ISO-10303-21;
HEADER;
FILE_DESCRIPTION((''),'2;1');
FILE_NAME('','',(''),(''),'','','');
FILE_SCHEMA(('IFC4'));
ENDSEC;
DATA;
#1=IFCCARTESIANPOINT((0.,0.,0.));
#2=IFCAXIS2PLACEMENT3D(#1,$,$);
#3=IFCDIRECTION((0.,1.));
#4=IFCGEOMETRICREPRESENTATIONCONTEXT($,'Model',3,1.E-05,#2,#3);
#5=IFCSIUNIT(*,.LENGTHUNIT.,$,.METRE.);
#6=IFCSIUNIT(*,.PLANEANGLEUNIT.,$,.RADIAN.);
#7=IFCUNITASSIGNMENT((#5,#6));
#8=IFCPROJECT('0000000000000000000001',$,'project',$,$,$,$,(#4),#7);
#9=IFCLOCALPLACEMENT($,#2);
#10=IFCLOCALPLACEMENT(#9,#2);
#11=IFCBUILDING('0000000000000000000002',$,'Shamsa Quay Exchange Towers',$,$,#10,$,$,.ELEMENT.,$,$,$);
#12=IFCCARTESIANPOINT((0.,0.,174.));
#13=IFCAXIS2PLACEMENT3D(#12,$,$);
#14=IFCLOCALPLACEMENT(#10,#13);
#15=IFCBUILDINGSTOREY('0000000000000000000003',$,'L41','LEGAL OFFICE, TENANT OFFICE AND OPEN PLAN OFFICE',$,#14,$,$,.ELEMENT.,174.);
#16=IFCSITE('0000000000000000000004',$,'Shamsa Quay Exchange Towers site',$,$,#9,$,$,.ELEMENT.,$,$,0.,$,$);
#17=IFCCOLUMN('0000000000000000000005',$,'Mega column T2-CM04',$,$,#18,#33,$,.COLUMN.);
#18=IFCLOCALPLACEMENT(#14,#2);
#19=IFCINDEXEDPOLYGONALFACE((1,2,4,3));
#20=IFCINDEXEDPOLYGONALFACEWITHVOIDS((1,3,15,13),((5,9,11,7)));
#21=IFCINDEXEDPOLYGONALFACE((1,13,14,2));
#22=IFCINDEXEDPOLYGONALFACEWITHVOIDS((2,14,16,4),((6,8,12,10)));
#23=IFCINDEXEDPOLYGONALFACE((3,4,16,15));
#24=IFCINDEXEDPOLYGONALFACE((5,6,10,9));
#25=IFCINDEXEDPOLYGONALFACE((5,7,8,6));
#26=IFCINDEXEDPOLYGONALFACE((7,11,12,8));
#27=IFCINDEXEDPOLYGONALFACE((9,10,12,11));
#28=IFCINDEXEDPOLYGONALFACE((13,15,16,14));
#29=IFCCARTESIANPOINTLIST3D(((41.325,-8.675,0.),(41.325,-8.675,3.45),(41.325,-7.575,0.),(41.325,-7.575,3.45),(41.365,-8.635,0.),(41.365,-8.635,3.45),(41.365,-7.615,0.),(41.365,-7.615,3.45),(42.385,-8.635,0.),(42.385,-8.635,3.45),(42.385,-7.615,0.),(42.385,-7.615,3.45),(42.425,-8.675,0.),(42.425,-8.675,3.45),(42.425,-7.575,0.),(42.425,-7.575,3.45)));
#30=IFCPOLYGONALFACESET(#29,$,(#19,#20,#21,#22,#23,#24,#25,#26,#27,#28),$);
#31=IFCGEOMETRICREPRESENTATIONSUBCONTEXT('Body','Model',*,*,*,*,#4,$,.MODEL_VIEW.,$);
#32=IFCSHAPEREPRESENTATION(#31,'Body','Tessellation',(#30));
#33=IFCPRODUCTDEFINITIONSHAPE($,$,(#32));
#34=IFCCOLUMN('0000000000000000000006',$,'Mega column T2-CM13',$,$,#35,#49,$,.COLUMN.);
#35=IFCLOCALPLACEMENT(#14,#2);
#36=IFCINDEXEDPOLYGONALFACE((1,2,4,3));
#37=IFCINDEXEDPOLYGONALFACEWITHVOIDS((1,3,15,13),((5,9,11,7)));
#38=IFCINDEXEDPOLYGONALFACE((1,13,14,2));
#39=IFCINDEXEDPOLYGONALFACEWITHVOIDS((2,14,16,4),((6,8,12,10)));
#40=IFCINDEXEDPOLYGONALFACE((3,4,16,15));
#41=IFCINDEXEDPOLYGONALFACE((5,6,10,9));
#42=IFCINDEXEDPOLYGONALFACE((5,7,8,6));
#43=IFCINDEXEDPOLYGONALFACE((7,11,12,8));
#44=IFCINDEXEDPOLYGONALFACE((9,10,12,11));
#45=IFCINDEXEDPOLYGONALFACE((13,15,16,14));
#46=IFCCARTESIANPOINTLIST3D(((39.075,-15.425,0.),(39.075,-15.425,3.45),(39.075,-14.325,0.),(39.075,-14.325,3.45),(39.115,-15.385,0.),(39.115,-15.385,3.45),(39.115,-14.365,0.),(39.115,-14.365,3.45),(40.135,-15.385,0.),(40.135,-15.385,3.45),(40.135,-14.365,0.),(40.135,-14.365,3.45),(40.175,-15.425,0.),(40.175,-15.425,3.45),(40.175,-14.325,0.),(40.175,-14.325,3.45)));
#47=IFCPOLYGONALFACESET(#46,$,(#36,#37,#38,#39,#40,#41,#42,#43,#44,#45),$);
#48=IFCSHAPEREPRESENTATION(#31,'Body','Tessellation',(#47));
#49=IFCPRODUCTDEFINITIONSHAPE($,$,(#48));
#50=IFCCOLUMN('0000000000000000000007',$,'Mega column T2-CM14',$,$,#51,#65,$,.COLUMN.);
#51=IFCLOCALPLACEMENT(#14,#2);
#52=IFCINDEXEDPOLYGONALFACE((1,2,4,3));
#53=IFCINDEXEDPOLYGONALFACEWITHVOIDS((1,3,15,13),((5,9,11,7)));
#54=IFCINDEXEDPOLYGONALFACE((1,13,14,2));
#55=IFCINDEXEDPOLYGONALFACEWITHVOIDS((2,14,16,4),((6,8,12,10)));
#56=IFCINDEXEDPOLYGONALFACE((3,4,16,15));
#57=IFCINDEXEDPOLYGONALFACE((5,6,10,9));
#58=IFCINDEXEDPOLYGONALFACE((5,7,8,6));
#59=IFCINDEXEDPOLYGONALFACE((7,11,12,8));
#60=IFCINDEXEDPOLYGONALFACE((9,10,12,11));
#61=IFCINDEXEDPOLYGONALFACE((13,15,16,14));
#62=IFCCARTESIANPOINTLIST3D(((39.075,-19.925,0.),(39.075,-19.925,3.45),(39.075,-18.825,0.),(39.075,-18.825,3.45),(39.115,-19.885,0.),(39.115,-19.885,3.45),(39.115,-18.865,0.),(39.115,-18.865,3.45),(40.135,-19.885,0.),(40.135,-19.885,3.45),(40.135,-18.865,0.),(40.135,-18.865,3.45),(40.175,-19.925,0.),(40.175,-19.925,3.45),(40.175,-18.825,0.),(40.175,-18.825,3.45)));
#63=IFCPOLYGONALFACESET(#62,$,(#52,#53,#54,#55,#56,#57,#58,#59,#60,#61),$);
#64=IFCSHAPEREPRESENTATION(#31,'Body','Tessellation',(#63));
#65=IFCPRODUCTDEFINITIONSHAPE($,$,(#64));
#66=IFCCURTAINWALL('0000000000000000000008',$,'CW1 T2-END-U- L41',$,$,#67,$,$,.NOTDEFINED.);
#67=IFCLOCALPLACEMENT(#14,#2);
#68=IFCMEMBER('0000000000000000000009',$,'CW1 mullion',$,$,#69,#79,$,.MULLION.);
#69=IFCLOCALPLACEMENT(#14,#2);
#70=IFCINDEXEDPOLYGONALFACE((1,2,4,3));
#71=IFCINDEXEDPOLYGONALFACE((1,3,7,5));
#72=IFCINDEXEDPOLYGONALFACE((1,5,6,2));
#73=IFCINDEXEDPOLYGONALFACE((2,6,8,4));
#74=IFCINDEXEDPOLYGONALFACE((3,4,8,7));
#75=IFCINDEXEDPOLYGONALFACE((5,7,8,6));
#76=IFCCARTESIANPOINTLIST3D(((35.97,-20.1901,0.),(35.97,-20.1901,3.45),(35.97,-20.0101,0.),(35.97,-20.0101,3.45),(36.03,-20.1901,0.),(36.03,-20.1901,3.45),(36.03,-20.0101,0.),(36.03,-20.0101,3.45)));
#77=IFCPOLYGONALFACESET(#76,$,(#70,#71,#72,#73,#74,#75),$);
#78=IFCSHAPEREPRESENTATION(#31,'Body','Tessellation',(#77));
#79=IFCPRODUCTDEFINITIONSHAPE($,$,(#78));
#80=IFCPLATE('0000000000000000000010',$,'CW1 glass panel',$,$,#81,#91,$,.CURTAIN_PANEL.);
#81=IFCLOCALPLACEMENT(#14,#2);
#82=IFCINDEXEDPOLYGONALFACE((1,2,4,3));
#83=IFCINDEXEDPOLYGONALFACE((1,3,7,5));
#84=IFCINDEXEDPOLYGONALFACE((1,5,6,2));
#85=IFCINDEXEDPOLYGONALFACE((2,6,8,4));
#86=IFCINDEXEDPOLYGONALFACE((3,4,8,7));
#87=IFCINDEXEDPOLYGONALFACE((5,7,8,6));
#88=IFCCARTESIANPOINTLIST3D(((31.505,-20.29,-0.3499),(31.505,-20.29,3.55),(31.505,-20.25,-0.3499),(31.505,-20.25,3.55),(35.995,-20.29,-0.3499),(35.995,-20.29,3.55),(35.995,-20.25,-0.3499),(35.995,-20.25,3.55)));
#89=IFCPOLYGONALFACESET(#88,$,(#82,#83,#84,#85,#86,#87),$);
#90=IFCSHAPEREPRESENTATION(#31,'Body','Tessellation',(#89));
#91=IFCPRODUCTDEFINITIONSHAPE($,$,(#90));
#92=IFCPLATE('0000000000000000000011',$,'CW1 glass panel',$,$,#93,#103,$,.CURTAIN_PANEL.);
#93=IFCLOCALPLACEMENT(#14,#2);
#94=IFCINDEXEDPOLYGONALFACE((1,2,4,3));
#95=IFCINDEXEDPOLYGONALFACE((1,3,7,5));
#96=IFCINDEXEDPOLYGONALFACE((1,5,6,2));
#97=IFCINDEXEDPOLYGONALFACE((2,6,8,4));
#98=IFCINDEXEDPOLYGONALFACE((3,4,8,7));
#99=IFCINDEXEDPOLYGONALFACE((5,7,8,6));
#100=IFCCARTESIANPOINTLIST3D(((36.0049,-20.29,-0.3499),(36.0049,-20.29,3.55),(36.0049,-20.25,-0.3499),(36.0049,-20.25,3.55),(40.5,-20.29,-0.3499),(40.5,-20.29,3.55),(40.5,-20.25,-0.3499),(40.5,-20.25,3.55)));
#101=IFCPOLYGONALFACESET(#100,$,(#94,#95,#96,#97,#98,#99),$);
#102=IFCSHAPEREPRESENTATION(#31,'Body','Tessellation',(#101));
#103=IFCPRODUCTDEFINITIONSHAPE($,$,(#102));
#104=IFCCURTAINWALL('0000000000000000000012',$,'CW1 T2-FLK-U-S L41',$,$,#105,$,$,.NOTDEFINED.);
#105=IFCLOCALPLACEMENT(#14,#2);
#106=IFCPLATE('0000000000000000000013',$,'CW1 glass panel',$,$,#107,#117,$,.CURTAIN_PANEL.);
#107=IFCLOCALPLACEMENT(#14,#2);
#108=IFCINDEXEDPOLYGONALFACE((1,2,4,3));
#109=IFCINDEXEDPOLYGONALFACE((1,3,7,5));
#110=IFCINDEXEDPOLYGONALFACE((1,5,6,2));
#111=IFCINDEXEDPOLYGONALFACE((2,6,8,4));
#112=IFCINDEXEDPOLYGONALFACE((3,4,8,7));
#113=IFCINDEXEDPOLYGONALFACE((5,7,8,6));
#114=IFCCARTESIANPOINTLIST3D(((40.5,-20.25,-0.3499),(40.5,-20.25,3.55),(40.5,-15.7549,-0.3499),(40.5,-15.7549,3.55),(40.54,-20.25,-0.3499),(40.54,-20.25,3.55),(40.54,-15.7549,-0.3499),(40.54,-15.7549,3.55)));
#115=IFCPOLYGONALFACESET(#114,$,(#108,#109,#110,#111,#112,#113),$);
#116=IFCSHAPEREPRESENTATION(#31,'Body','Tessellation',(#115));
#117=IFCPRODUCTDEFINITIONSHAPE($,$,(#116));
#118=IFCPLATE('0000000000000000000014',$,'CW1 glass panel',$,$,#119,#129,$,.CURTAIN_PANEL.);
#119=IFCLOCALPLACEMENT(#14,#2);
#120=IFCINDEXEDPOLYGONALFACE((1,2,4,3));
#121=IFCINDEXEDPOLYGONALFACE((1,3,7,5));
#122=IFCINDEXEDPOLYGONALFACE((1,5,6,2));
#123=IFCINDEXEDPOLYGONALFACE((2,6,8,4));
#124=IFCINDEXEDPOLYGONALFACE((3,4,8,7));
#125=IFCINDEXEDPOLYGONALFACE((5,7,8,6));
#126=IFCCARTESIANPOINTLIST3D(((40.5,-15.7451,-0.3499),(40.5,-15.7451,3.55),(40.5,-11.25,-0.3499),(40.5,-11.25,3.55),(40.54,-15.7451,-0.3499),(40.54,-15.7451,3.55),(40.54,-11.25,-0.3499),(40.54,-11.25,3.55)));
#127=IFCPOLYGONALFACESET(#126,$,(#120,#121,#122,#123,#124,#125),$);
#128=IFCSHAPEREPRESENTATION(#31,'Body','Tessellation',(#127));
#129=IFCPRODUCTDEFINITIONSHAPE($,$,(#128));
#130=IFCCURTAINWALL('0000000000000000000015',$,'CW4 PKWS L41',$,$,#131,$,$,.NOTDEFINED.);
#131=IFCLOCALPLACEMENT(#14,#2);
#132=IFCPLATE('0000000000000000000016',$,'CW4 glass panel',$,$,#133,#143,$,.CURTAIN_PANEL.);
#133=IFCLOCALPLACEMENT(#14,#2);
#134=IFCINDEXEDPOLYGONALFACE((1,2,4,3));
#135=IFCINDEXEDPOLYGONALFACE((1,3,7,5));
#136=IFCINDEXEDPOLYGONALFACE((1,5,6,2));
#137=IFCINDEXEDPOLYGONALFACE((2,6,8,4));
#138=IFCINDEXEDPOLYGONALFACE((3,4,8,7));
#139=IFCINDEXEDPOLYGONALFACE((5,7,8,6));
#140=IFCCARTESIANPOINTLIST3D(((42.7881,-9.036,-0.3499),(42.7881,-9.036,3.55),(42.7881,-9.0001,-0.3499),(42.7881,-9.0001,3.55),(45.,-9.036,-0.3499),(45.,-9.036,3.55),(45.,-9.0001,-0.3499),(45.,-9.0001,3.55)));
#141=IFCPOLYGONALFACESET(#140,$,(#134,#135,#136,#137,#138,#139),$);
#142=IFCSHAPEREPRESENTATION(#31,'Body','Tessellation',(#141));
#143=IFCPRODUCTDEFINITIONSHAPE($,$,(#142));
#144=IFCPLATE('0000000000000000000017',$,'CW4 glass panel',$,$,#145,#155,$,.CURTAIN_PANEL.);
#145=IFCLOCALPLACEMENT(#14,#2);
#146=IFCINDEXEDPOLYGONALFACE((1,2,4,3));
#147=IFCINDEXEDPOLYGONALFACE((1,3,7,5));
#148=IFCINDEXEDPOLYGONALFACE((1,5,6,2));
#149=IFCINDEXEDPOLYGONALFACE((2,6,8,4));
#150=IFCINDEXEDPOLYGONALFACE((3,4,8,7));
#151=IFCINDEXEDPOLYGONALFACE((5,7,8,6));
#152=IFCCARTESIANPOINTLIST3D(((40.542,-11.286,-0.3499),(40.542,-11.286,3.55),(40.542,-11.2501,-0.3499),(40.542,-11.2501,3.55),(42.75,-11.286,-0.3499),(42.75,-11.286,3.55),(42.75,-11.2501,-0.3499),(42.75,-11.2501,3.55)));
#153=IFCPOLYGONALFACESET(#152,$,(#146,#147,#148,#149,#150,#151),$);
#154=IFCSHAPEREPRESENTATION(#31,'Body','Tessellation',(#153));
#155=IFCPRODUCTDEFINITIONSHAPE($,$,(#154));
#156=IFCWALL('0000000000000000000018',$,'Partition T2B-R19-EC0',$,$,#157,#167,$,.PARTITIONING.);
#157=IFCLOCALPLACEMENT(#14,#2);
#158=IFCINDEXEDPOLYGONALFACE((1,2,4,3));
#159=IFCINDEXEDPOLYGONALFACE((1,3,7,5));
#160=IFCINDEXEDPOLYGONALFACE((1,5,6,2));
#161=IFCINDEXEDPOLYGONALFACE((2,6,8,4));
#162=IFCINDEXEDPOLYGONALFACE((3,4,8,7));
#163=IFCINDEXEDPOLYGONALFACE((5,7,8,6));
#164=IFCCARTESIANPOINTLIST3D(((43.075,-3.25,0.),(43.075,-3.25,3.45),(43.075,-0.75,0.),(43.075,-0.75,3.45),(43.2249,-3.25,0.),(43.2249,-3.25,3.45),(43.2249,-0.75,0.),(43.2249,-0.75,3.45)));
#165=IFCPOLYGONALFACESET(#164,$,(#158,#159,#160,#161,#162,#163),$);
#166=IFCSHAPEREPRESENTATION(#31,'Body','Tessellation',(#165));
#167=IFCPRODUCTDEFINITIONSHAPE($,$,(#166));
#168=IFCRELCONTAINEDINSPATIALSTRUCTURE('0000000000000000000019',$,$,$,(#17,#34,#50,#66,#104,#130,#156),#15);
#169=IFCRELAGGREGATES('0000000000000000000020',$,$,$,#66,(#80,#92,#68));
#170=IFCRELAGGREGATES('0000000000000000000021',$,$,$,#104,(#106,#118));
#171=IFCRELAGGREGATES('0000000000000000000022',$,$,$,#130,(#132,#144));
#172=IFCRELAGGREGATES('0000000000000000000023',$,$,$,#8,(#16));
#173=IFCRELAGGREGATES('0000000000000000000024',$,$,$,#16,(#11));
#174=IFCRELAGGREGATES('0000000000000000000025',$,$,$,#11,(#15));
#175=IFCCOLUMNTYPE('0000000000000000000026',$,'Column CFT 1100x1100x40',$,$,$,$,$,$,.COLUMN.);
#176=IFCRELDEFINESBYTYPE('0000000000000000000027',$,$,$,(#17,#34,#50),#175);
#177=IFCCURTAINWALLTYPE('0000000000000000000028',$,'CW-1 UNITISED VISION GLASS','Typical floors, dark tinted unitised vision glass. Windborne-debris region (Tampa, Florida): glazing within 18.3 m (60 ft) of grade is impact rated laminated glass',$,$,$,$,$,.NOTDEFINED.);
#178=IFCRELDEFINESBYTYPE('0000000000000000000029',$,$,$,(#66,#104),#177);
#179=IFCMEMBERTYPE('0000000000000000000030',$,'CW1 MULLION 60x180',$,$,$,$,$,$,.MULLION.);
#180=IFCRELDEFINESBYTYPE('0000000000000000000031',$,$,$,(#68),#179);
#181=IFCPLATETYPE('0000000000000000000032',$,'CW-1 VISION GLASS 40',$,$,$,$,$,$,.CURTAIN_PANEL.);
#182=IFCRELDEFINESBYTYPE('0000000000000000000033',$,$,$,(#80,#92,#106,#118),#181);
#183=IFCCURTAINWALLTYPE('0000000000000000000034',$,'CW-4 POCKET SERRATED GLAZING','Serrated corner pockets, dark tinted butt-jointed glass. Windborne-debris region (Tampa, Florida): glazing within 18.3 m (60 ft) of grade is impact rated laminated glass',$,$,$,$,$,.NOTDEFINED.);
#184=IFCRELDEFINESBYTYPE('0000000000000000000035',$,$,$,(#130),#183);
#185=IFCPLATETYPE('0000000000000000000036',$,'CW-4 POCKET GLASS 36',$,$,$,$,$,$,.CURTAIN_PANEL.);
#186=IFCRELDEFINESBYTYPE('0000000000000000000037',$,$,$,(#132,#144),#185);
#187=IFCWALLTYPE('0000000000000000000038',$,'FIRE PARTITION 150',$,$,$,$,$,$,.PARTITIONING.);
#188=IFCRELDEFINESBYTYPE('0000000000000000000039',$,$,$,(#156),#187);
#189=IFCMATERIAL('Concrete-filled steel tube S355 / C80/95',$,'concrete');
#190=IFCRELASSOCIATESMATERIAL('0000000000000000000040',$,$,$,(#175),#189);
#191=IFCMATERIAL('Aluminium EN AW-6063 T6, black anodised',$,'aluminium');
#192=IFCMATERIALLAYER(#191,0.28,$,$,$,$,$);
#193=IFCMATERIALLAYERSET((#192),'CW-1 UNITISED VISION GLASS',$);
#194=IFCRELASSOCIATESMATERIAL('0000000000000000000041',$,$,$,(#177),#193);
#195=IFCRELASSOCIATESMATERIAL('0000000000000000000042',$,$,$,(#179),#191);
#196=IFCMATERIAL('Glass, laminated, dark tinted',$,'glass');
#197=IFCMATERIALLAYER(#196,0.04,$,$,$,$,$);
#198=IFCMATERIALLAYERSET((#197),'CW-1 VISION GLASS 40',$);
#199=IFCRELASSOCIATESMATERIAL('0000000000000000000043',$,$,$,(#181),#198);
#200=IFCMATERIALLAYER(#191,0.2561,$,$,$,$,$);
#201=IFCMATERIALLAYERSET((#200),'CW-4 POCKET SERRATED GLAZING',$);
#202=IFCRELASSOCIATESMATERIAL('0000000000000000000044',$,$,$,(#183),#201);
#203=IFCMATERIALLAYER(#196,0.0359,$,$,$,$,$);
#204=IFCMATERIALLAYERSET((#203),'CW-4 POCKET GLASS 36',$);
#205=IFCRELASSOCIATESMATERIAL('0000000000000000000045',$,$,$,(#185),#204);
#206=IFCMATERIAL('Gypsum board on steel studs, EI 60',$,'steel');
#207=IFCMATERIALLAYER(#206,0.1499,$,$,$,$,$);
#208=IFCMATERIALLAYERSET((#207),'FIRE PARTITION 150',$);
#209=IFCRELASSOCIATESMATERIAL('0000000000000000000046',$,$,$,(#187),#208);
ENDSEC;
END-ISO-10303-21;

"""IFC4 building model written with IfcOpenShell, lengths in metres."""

from ifc_helpers import new_model, si_unit, direction, frame, frame_2d, origin, origin_2d, place, context, subcontext, project, spatial, rectangle, hollow_rectangle, extrude, material, layer, layer_set, material_profile, profile_set, type_object, element, aggregate, save


model = new_model("IFC4")

# Units and contexts
model_context = context("Model", 3, precision=1e-05, world=origin(), true_north=direction((0.0, 1.0)))
body_context = subcontext(model_context, "Body", "Model", "MODEL_VIEW")
ifc_project = project(units=[si_unit("LENGTHUNIT", "METRE"), si_unit("PLANEANGLEUNIT", "RADIAN")], contexts=[model_context])

# Site, building, storey
site_placement = place(None, origin())
site = spatial("IfcSite", under=ifc_project, at=site_placement, Name="Shamsa Quay Exchange Towers site", CompositionType="ELEMENT", RefElevation=0.0)
building_placement = place(site_placement, origin())
building = spatial("IfcBuilding", under=site, at=building_placement, Name="Shamsa Quay Exchange Towers", CompositionType="ELEMENT")
storey_placement = place(building_placement, frame((0.0, 0.0, 174.0)))
storey = spatial("IfcBuildingStorey", under=building, at=storey_placement, Name="L41", Description="LEGAL OFFICE, TENANT OFFICE AND OPEN PLAN OFFICE", CompositionType="ELEMENT", Elevation=174.0)

# Columns
ifc_material_1 = material(Name="Concrete-filled steel tube S355 / C80/95", Category="concrete")
ifc_material_profile_1 = material_profile(ifc_material_1, hollow_rectangle(XDim=1.1001, YDim=1.1001, WallThickness=0.04, at=origin_2d()), Name="CFT 1100x1100x40")
ifc_profile_set_1 = profile_set([ifc_material_profile_1], Name="Concrete-filled steel tube S355 / C80/95")
column_type = type_object("IfcColumnType", Name="Column CFT 1100x1100x40", PredefinedType="COLUMN", material=ifc_profile_set_1)
for number, where, name in (
    (1, (41.875, -8.125, 0.0), "Mega column T2-CM04"),
    (2, (39.625, -14.875, 0.0), "Mega column T2-CM13"),
    (3, (39.625, -19.375, 0.0), "Mega column T2-CM14"),
):
    element("IfcColumn", number, at=place(storey_placement, frame(where)), inside=storey, type_object=column_type, Name=name, PredefinedType="COLUMN", context=body_context, shape_type="SweptSolid", body=[
        extrude(hollow_rectangle(XDim=1.1001, YDim=1.1001, WallThickness=0.04, at=origin_2d()), origin(), (0.0, 0.0, 1.0), 3.45),
    ])

# Curtain wall, member, plates
ifc_material_2 = material(Name="Aluminium EN AW-6063 T6, black anodised", Category="aluminium")
ifc_layer_1 = layer(ifc_material_2, 0.28)
ifc_layer_set_1 = layer_set([ifc_layer_1], Name="CW-1 UNITISED VISION GLASS")
curtain_wall_type_1 = type_object("IfcCurtainWallType", Name="CW-1 UNITISED VISION GLASS", Description="Typical floors, dark tinted unitised vision glass. Windborne-debris region (Tampa, Florida): glazing within 18.3 m (60 ft) of grade is impact rated laminated glass", PredefinedType="NOTDEFINED", material=ifc_layer_set_1)
curtain_wall_1_placement = place(storey_placement, origin())
curtain_wall_1 = element("IfcCurtainWall", 4, at=curtain_wall_1_placement, inside=storey, type_object=curtain_wall_type_1, Name="CW1 T2-END-U- L41", PredefinedType="NOTDEFINED")
ifc_material_profile_2 = material_profile(ifc_material_2, rectangle(XDim=0.1799, YDim=0.0601, at=origin_2d()), Name="MU60x180")
ifc_profile_set_2 = profile_set([ifc_material_profile_2], Name="Aluminium EN AW-6063 T6, black anodised")
member_type = type_object("IfcMemberType", Name="CW1 MULLION 60x180", PredefinedType="MULLION", material=ifc_profile_set_2)
member_placement = place(storey_placement, frame((36.0, -20.1001, 0.0), z_axis=(0.0, 0.0, 1.0), x_axis=(0.0, 1.0, 0.0)))
member = element("IfcMember", 5, at=member_placement, type_object=member_type, Name="CW1 mullion", PredefinedType="MULLION", context=body_context, shape_type="SweptSolid", body=[
    extrude(rectangle(XDim=0.1799, YDim=0.0601, at=origin_2d()), origin(), (0.0, 0.0, 1.0), 3.45),
])
ifc_material_3 = material(Name="Glass, laminated, dark tinted", Category="glass")
ifc_layer_2 = layer(ifc_material_3, 0.04)
ifc_layer_set_2 = layer_set([ifc_layer_2], Name="CW-1 VISION GLASS 40")
plate_type_1 = type_object("IfcPlateType", Name="CW-1 VISION GLASS 40", PredefinedType="CURTAIN_PANEL", material=ifc_layer_set_2)
plate_1_placement = place(storey_placement, frame((33.75, -20.27, -0.3499)))
plate_1 = element("IfcPlate", 6, at=plate_1_placement, type_object=plate_type_1, Name="CW1 glass panel", PredefinedType="CURTAIN_PANEL", context=body_context, shape_type="SweptSolid", body=[
    extrude(rectangle(XDim=4.49, YDim=0.04, at=origin_2d()), origin(), (0.0, 0.0, 1.0), 3.8999),
])
plate_2_placement = place(storey_placement, frame((38.2524, -20.27, -0.3499)))
plate_2 = element("IfcPlate", 7, at=plate_2_placement, type_object=plate_type_1, Name="CW1 glass panel", PredefinedType="CURTAIN_PANEL", context=body_context, shape_type="SweptSolid", body=[
    extrude(rectangle(XDim=4.4951, YDim=0.04, at=origin_2d()), origin(), (0.0, 0.0, 1.0), 3.8999),
])
aggregate(curtain_wall_1, [plate_1, plate_2, member])

# Curtain walls, plates
curtain_wall_2_placement = place(storey_placement, origin())
curtain_wall_2 = element("IfcCurtainWall", 8, at=curtain_wall_2_placement, inside=storey, type_object=curtain_wall_type_1, Name="CW1 T2-FLK-U-S L41", PredefinedType="NOTDEFINED")
plate_3_placement = place(storey_placement, frame((40.52, -18.0024, -0.3499), z_axis=(0.0, 0.0, 1.0), x_axis=(0.0, 1.0, 0.0)))
plate_3 = element("IfcPlate", 9, at=plate_3_placement, type_object=plate_type_1, Name="CW1 glass panel", PredefinedType="CURTAIN_PANEL", context=body_context, shape_type="SweptSolid", body=[
    extrude(rectangle(XDim=4.4951, YDim=0.04, at=origin_2d()), origin(), (0.0, 0.0, 1.0), 3.8999),
])
plate_4_placement = place(storey_placement, frame((40.52, -13.4976, -0.3499), z_axis=(0.0, 0.0, 1.0), x_axis=(0.0, 1.0, 0.0)))
plate_4 = element("IfcPlate", 10, at=plate_4_placement, type_object=plate_type_1, Name="CW1 glass panel", PredefinedType="CURTAIN_PANEL", context=body_context, shape_type="SweptSolid", body=[
    extrude(rectangle(XDim=4.4951, YDim=0.04, at=origin_2d()), origin(), (0.0, 0.0, 1.0), 3.8999),
])
aggregate(curtain_wall_2, [plate_3, plate_4])
ifc_layer_3 = layer(ifc_material_2, 0.2561)
ifc_layer_set_3 = layer_set([ifc_layer_3], Name="CW-4 POCKET SERRATED GLAZING")
curtain_wall_type_2 = type_object("IfcCurtainWallType", Name="CW-4 POCKET SERRATED GLAZING", Description="Serrated corner pockets, dark tinted butt-jointed glass. Windborne-debris region (Tampa, Florida): glazing within 18.3 m (60 ft) of grade is impact rated laminated glass", PredefinedType="NOTDEFINED", material=ifc_layer_set_3)
curtain_wall_3_placement = place(storey_placement, origin())
curtain_wall_3 = element("IfcCurtainWall", 11, at=curtain_wall_3_placement, inside=storey, type_object=curtain_wall_type_2, Name="CW4 PKWS L41", PredefinedType="NOTDEFINED")
ifc_layer_4 = layer(ifc_material_3, 0.0359)
ifc_layer_set_4 = layer_set([ifc_layer_4], Name="CW-4 POCKET GLASS 36")
plate_type_2 = type_object("IfcPlateType", Name="CW-4 POCKET GLASS 36", PredefinedType="CURTAIN_PANEL", material=ifc_layer_set_4)
plate_5_placement = place(storey_placement, frame((43.894, -9.0181, -0.3499)))
plate_5 = element("IfcPlate", 12, at=plate_5_placement, type_object=plate_type_2, Name="CW4 glass panel", PredefinedType="CURTAIN_PANEL", context=body_context, shape_type="SweptSolid", body=[
    extrude(rectangle(XDim=2.2119, YDim=0.0359, at=origin_2d()), origin(), (0.0, 0.0, 1.0), 3.8999),
])
plate_6_placement = place(storey_placement, frame((41.646, -11.2681, -0.3499)))
plate_6 = element("IfcPlate", 13, at=plate_6_placement, type_object=plate_type_2, Name="CW4 glass panel", PredefinedType="CURTAIN_PANEL", context=body_context, shape_type="SweptSolid", body=[
    extrude(rectangle(XDim=2.208, YDim=0.0359, at=origin_2d()), origin(), (0.0, 0.0, 1.0), 3.8999),
])
aggregate(curtain_wall_3, [plate_5, plate_6])

# Wall
ifc_material_4 = material(Name="Gypsum board on steel studs, EI 60", Category="steel")
ifc_layer_5 = layer(ifc_material_4, 0.1499)
ifc_layer_set_5 = layer_set([ifc_layer_5], Name="FIRE PARTITION 150")
wall_type_1 = type_object("IfcWallType", Name="FIRE PARTITION 150", PredefinedType="PARTITIONING", material=ifc_layer_set_5)
wall_1_placement = place(storey_placement, frame((43.1499, -3.25, 0.0), z_axis=(0.0, 0.0, 1.0), x_axis=(0.0, 1.0, 0.0)))
element("IfcWall", 14, at=wall_1_placement, inside=storey, type_object=wall_type_1, Name="Partition T2B-R19-EC0", PredefinedType="PARTITIONING", context=body_context, shape_type="SweptSolid", body=[
    extrude(rectangle(XDim=2.5, YDim=0.1499, at=frame_2d((1.25, 0.0))), origin(), (0.0, 0.0, 1.0), 3.45),
])

save(model, "model.ifc")
